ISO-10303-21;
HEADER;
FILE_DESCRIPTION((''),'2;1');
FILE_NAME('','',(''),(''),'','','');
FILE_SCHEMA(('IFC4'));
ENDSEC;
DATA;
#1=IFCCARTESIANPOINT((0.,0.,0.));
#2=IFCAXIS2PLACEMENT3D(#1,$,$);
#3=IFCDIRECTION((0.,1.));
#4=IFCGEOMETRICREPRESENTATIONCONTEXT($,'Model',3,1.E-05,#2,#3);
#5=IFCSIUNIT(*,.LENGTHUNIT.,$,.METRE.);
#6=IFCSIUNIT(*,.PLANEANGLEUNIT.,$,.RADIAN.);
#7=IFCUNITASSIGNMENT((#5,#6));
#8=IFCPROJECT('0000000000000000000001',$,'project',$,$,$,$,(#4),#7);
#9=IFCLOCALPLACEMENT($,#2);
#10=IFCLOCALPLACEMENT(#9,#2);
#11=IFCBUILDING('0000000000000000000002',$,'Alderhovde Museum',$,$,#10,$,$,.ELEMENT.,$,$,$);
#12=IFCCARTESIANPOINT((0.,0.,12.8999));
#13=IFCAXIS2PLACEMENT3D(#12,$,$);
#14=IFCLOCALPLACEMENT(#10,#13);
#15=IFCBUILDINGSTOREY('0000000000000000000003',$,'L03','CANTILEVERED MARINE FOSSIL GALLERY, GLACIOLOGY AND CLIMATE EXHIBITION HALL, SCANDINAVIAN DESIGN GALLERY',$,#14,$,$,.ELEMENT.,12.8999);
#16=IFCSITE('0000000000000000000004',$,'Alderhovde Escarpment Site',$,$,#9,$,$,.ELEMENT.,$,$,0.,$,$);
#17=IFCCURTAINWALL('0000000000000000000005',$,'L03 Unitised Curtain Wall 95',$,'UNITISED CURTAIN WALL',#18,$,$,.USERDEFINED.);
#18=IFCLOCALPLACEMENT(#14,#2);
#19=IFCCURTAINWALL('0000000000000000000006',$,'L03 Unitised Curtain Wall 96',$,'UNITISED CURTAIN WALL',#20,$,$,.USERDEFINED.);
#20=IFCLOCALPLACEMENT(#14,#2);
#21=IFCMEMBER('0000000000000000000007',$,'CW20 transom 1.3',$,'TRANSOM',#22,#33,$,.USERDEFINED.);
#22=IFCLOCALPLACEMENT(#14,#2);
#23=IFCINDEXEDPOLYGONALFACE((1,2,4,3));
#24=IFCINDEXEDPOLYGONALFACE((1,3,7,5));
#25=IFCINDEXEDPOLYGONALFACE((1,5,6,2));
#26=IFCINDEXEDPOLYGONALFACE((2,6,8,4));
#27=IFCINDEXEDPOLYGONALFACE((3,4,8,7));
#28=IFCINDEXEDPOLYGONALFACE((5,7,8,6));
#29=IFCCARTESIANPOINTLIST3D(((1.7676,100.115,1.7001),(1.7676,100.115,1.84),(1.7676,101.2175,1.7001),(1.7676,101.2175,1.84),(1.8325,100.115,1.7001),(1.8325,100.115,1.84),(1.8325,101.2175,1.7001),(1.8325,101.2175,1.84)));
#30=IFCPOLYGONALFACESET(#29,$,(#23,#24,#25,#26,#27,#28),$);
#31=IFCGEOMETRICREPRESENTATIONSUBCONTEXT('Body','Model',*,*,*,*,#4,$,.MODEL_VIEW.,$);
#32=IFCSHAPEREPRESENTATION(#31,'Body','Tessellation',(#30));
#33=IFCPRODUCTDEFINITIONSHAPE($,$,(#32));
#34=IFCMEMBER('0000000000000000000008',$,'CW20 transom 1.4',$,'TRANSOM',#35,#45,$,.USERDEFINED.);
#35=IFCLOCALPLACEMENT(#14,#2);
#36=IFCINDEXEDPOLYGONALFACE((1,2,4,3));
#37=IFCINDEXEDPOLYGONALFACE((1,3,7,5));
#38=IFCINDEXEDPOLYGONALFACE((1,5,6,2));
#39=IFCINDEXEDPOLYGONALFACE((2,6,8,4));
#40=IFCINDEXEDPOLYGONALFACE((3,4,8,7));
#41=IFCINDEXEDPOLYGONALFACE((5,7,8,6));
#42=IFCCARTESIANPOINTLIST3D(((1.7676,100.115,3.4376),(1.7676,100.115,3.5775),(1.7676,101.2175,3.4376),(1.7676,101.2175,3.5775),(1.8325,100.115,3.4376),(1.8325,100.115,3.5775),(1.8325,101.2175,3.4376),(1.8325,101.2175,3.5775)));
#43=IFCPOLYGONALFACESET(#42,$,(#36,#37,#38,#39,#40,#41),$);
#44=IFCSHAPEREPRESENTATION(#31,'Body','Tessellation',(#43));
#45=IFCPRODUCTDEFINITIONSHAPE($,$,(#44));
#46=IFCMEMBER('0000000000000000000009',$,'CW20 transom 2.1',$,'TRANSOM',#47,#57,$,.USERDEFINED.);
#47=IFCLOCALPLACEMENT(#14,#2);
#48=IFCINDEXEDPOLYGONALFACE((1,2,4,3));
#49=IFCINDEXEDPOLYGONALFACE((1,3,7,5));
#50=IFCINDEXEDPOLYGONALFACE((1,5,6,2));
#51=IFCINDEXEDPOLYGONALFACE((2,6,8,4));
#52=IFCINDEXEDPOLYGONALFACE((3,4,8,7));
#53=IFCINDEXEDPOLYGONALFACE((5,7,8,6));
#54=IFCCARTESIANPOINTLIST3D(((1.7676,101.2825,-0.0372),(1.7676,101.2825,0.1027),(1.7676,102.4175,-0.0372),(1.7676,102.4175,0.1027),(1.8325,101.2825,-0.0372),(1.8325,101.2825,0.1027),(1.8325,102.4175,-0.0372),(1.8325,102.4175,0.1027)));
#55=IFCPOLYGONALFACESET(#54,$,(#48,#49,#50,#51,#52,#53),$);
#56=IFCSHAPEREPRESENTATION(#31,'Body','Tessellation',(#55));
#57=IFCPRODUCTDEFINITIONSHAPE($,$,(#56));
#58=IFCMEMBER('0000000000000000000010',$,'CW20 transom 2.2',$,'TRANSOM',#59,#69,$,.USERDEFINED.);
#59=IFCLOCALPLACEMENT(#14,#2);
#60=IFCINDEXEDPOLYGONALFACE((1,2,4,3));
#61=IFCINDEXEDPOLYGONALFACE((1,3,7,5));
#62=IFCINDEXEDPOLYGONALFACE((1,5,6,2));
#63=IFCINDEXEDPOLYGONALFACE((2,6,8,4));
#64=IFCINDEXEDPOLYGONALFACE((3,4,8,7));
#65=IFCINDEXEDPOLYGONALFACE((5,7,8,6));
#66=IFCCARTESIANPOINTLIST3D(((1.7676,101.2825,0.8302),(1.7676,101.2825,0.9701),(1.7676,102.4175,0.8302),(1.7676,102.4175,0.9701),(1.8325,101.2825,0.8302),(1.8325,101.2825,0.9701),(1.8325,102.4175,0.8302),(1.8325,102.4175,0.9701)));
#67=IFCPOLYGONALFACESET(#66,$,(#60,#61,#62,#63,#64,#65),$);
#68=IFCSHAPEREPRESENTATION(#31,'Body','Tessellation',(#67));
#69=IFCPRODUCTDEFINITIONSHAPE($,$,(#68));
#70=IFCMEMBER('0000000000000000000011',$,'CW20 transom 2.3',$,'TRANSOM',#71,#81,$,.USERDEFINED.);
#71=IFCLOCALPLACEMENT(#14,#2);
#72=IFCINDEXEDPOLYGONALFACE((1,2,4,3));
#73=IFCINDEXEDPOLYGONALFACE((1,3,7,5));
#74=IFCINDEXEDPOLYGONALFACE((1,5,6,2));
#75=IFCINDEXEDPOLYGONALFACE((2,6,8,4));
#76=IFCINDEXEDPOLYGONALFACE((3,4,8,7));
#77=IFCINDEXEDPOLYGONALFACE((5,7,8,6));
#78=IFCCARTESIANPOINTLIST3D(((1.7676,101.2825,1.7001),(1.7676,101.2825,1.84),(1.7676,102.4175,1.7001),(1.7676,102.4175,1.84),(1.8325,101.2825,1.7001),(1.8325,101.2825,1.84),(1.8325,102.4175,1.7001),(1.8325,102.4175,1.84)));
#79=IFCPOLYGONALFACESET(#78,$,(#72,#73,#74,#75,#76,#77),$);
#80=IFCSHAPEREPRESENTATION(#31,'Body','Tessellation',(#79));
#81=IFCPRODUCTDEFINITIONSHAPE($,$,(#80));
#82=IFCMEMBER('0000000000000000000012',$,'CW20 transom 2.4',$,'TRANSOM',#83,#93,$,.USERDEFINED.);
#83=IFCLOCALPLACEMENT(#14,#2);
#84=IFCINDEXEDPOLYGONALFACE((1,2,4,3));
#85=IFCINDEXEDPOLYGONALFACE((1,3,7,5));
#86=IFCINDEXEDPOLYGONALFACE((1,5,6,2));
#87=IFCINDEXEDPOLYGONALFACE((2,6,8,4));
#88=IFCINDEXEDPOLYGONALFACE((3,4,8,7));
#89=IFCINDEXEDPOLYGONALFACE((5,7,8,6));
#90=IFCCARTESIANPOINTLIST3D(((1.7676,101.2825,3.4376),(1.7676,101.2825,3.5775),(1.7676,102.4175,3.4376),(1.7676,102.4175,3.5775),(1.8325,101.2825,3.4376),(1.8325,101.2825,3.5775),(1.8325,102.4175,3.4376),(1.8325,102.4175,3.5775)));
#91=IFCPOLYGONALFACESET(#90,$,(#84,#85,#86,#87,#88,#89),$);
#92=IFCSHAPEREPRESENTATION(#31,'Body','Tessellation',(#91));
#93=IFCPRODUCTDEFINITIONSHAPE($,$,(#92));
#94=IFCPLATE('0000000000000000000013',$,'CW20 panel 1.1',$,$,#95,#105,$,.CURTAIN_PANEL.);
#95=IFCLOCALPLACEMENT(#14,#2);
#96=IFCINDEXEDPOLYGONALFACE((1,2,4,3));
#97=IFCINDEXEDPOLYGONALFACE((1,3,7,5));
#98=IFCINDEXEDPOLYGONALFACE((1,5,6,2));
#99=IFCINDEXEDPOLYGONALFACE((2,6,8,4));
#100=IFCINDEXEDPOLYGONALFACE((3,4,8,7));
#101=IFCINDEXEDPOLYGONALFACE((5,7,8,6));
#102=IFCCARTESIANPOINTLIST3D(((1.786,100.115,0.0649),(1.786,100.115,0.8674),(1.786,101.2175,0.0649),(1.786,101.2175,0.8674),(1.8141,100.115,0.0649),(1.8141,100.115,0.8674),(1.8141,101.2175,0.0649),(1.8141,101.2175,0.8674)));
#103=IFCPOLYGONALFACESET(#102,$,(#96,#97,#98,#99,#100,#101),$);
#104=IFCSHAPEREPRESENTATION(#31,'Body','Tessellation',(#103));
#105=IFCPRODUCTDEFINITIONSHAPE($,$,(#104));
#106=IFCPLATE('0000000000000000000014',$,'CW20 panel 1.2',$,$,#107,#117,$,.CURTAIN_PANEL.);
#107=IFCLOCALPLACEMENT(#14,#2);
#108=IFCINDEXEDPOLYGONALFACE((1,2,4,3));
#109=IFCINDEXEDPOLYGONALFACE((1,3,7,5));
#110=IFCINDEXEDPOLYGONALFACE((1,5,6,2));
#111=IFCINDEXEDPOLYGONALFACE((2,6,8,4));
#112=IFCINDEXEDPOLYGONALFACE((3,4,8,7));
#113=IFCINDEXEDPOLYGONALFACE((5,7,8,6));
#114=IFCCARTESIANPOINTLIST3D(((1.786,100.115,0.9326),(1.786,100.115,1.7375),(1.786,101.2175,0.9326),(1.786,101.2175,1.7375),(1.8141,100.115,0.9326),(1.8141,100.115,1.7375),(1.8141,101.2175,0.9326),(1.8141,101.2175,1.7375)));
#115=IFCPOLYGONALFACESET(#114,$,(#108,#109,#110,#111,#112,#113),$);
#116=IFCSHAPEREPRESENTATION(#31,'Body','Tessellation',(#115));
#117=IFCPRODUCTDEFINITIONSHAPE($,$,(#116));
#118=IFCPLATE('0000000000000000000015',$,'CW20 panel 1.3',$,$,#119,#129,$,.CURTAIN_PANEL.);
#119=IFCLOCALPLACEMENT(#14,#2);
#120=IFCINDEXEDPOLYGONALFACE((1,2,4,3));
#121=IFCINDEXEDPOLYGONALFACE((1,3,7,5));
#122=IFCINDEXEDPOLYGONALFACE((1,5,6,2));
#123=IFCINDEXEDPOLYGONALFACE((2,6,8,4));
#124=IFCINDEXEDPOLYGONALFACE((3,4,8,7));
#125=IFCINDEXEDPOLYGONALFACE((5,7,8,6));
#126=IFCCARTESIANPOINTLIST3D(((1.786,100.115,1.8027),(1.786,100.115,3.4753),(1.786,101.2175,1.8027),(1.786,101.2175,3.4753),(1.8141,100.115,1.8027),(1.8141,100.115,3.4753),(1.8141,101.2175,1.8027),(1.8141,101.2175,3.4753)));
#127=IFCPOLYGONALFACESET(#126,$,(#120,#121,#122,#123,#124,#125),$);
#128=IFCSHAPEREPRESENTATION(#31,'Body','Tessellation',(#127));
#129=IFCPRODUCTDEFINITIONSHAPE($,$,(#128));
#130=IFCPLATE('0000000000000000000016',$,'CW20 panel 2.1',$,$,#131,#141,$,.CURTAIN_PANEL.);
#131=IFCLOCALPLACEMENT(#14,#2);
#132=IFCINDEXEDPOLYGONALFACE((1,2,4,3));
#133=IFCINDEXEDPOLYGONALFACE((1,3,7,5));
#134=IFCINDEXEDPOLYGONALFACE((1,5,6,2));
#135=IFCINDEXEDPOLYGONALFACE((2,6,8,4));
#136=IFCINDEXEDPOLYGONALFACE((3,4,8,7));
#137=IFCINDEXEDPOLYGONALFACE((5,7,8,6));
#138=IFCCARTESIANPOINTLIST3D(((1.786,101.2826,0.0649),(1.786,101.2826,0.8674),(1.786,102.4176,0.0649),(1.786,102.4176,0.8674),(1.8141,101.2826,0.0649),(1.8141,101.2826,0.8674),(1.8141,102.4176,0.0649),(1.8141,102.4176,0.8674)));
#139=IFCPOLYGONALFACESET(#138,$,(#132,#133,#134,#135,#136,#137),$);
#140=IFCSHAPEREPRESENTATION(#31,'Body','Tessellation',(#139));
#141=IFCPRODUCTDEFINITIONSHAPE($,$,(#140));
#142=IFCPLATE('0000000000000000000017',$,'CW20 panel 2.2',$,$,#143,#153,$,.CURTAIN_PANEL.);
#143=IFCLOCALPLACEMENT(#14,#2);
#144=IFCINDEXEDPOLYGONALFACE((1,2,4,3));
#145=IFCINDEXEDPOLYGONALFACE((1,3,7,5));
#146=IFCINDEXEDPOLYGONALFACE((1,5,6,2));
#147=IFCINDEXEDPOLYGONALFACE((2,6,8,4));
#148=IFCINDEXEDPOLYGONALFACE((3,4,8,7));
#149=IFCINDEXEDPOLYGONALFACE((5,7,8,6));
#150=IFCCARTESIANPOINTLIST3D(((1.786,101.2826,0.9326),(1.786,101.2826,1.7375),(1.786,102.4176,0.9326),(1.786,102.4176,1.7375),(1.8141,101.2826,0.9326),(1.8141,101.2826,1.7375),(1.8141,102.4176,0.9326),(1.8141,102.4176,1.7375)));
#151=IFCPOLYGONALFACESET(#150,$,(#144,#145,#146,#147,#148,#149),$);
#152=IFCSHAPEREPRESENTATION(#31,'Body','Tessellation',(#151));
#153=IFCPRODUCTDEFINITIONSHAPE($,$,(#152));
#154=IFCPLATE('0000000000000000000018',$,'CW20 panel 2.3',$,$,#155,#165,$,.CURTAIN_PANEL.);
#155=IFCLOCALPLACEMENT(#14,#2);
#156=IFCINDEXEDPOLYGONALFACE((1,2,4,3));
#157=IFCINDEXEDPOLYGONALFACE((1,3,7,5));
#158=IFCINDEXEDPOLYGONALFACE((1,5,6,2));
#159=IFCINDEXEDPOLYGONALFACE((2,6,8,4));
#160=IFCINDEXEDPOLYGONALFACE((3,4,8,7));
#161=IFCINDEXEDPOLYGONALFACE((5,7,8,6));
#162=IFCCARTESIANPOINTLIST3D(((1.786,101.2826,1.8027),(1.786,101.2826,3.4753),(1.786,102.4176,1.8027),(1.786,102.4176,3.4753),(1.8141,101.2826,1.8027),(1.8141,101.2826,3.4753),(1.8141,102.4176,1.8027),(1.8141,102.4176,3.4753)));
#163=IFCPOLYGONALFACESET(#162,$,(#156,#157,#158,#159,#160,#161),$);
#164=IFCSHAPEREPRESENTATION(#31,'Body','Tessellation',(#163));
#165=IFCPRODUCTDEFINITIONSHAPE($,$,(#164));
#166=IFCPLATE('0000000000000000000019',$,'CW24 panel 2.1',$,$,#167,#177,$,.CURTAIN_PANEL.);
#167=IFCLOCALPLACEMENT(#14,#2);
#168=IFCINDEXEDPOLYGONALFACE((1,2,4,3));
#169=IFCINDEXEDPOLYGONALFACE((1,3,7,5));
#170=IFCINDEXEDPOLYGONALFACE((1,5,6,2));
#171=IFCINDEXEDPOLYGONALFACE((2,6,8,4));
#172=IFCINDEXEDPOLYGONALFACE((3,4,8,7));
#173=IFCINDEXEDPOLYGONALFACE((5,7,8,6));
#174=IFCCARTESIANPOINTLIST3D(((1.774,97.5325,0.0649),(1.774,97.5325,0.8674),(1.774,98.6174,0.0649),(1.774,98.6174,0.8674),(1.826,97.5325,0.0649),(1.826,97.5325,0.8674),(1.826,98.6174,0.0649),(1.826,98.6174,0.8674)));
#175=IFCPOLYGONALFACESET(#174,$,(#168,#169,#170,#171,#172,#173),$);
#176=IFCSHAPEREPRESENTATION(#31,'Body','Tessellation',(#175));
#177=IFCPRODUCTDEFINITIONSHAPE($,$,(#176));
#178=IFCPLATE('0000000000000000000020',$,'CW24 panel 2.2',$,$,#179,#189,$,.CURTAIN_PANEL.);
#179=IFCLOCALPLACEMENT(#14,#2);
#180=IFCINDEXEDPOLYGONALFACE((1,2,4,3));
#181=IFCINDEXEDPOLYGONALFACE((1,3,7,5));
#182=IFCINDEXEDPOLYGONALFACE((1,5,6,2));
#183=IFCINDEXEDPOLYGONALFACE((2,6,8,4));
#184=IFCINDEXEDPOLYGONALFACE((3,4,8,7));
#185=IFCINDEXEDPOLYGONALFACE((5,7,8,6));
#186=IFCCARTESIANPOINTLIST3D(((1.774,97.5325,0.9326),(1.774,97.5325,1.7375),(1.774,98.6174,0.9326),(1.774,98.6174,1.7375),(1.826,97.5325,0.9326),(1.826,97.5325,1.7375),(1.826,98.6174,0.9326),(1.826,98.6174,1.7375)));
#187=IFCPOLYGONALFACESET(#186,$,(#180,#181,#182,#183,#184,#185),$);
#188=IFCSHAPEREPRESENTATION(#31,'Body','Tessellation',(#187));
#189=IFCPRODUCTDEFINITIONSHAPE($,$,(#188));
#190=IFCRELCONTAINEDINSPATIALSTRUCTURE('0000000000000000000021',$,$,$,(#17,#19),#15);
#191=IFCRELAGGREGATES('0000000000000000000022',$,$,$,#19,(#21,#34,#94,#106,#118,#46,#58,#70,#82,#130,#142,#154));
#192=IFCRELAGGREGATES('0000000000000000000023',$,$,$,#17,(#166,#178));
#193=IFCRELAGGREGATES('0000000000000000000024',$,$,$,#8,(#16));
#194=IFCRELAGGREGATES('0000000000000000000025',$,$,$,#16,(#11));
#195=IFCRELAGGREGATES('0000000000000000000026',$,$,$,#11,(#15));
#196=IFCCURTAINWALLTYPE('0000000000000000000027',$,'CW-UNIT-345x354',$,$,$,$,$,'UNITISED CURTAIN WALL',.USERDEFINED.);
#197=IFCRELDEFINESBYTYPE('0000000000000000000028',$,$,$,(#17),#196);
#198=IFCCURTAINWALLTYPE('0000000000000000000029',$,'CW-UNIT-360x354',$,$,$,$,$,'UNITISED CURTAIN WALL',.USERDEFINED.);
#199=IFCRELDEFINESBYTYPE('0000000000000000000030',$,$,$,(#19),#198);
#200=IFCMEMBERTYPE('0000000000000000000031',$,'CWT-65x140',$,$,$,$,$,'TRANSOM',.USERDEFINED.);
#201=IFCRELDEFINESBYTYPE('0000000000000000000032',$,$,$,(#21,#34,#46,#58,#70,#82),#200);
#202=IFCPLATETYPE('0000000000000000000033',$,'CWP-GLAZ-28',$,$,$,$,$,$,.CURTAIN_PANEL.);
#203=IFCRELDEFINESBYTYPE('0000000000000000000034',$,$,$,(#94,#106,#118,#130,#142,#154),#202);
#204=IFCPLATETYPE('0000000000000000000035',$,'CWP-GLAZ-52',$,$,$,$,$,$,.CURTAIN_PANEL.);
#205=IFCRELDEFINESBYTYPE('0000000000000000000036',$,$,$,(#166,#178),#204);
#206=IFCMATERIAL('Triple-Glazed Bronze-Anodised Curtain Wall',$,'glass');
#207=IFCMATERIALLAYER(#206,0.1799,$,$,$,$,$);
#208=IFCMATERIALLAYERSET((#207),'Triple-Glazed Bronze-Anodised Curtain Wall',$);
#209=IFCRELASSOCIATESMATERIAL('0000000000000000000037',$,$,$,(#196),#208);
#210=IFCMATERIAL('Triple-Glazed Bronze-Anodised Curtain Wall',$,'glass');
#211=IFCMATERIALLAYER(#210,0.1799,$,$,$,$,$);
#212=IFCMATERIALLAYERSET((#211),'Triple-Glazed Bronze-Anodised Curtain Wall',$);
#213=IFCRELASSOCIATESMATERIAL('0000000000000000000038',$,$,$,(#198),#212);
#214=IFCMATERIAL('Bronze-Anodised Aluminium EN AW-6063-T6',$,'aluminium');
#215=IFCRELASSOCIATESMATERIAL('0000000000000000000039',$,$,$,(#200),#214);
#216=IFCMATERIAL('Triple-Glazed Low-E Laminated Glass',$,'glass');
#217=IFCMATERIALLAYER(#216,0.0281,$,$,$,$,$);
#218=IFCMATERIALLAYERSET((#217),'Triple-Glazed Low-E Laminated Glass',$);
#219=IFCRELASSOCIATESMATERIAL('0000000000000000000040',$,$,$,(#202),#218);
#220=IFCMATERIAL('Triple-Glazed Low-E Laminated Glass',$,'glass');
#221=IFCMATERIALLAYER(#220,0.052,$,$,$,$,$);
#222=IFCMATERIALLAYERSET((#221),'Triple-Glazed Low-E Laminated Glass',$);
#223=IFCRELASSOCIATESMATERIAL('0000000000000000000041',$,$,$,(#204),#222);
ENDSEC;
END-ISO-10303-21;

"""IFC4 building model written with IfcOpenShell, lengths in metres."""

from ifc_helpers import new_model, si_unit, direction, frame, origin, origin_2d, place, context, subcontext, project, spatial, rectangle, extrude, material, layer, layer_set, material_profile, profile_set, type_object, element, aggregate, save


model = new_model("IFC4")

# Units and contexts
model_context = context("Model", 3, precision=1e-05, world=origin(), true_north=direction((0.0, 1.0)))
body_context = subcontext(model_context, "Body", "Model", "MODEL_VIEW")
ifc_project = project(units=[si_unit("LENGTHUNIT", "METRE"), si_unit("PLANEANGLEUNIT", "RADIAN")], contexts=[model_context])

# Site, building, storey
site_placement = place(None, origin())
site = spatial("IfcSite", under=ifc_project, at=site_placement, Name="Alderhovde Escarpment Site", CompositionType="ELEMENT", RefElevation=0.0)
building_placement = place(site_placement, origin())
building = spatial("IfcBuilding", under=site, at=building_placement, Name="Alderhovde Museum", CompositionType="ELEMENT")
storey_placement = place(building_placement, frame((0.0, 0.0, 12.8999)))
storey = spatial("IfcBuildingStorey", under=building, at=storey_placement, Name="L03", Description="CANTILEVERED MARINE FOSSIL GALLERY, GLACIOLOGY AND CLIMATE EXHIBITION HALL, SCANDINAVIAN DESIGN GALLERY", CompositionType="ELEMENT", Elevation=12.8999)

# Curtain walls
ifc_material_1 = material(Name="Triple-Glazed Bronze-Anodised Curtain Wall", Category="glass")
ifc_layer_1 = layer(ifc_material_1, 0.1799)
ifc_layer_set_1 = layer_set([ifc_layer_1], Name="Triple-Glazed Bronze-Anodised Curtain Wall")
curtain_wall_type_1 = type_object("IfcCurtainWallType", Name="CW-UNIT-345x354", ElementType="UNITISED CURTAIN WALL", PredefinedType="USERDEFINED", material=ifc_layer_set_1)
curtain_wall_1_placement = place(storey_placement, origin())
curtain_wall_1 = element("IfcCurtainWall", 1, at=curtain_wall_1_placement, inside=storey, type_object=curtain_wall_type_1, Name="L03 Unitised Curtain Wall 95", ObjectType="UNITISED CURTAIN WALL", PredefinedType="USERDEFINED")
ifc_material_2 = material(Name="Triple-Glazed Bronze-Anodised Curtain Wall", Category="glass")
ifc_layer_2 = layer(ifc_material_2, 0.1799)
ifc_layer_set_2 = layer_set([ifc_layer_2], Name="Triple-Glazed Bronze-Anodised Curtain Wall")
curtain_wall_type_2 = type_object("IfcCurtainWallType", Name="CW-UNIT-360x354", ElementType="UNITISED CURTAIN WALL", PredefinedType="USERDEFINED", material=ifc_layer_set_2)
curtain_wall_2_placement = place(storey_placement, origin())
curtain_wall_2 = element("IfcCurtainWall", 2, at=curtain_wall_2_placement, inside=storey, type_object=curtain_wall_type_2, Name="L03 Unitised Curtain Wall 96", ObjectType="UNITISED CURTAIN WALL", PredefinedType="USERDEFINED")

# Members
ifc_material_3 = material(Name="Bronze-Anodised Aluminium EN AW-6063-T6", Category="aluminium")
ifc_material_profile_1 = material_profile(ifc_material_3, rectangle(XDim=0.0649, YDim=0.1399, at=origin_2d()), Name="TRANSOM 65x140")
ifc_profile_set_1 = profile_set([ifc_material_profile_1], Name="Bronze-Anodised Aluminium EN AW-6063-T6")
member_type_1 = type_object("IfcMemberType", Name="CWT-65x140", ElementType="TRANSOM", PredefinedType="USERDEFINED", material=ifc_profile_set_1)
member_1_placement = place(storey_placement, frame((1.8, 100.115, 1.77), z_axis=(0.0, 1.0, 0.0), x_axis=(-1.0, 0.0, 0.0)))
member_1 = element("IfcMember", 3, at=member_1_placement, type_object=member_type_1, Name="CW20 transom 1.3", ObjectType="TRANSOM", PredefinedType="USERDEFINED", context=body_context, shape_type="SweptSolid", body=[
    extrude(rectangle(XDim=0.0649, YDim=0.1399, at=origin_2d()), origin(), (0.0, 0.0, 1.0), 1.1025),
])
member_2_placement = place(storey_placement, frame((1.8, 100.115, 3.5076), z_axis=(0.0, 1.0, 0.0), x_axis=(-1.0, 0.0, 0.0)))
member_2 = element("IfcMember", 4, at=member_2_placement, type_object=member_type_1, Name="CW20 transom 1.4", ObjectType="TRANSOM", PredefinedType="USERDEFINED", context=body_context, shape_type="SweptSolid", body=[
    extrude(rectangle(XDim=0.0649, YDim=0.1399, at=origin_2d()), origin(), (0.0, 0.0, 1.0), 1.1025),
])
member_3_placement = place(storey_placement, frame((1.8, 101.2825, 0.0327), z_axis=(0.0, 1.0, 0.0), x_axis=(-1.0, 0.0, 0.0)))
member_3 = element("IfcMember", 5, at=member_3_placement, type_object=member_type_1, Name="CW20 transom 2.1", ObjectType="TRANSOM", PredefinedType="USERDEFINED", context=body_context, shape_type="SweptSolid", body=[
    extrude(rectangle(XDim=0.0649, YDim=0.1399, at=origin_2d()), origin(), (0.0, 0.0, 1.0), 1.135),
])
member_4_placement = place(storey_placement, frame((1.8, 101.2825, 0.9001), z_axis=(0.0, 1.0, 0.0), x_axis=(-1.0, 0.0, 0.0)))
member_4 = element("IfcMember", 6, at=member_4_placement, type_object=member_type_1, Name="CW20 transom 2.2", ObjectType="TRANSOM", PredefinedType="USERDEFINED", context=body_context, shape_type="SweptSolid", body=[
    extrude(rectangle(XDim=0.0649, YDim=0.1399, at=origin_2d()), origin(), (0.0, 0.0, 1.0), 1.135),
])
member_5_placement = place(storey_placement, frame((1.8, 101.2825, 1.77), z_axis=(0.0, 1.0, 0.0), x_axis=(-1.0, 0.0, 0.0)))
member_5 = element("IfcMember", 7, at=member_5_placement, type_object=member_type_1, Name="CW20 transom 2.3", ObjectType="TRANSOM", PredefinedType="USERDEFINED", context=body_context, shape_type="SweptSolid", body=[
    extrude(rectangle(XDim=0.0649, YDim=0.1399, at=origin_2d()), origin(), (0.0, 0.0, 1.0), 1.135),
])
member_6_placement = place(storey_placement, frame((1.8, 101.2825, 3.5076), z_axis=(0.0, 1.0, 0.0), x_axis=(-1.0, 0.0, 0.0)))
member_6 = element("IfcMember", 8, at=member_6_placement, type_object=member_type_1, Name="CW20 transom 2.4", ObjectType="TRANSOM", PredefinedType="USERDEFINED", context=body_context, shape_type="SweptSolid", body=[
    extrude(rectangle(XDim=0.0649, YDim=0.1399, at=origin_2d()), origin(), (0.0, 0.0, 1.0), 1.135),
])

# Plates
ifc_material_4 = material(Name="Triple-Glazed Low-E Laminated Glass", Category="glass")
ifc_layer_3 = layer(ifc_material_4, 0.0281)
ifc_layer_set_3 = layer_set([ifc_layer_3], Name="Triple-Glazed Low-E Laminated Glass")
plate_type_1 = type_object("IfcPlateType", Name="CWP-GLAZ-28", PredefinedType="CURTAIN_PANEL", material=ifc_layer_set_3)
plate_1_placement = place(storey_placement, frame((1.8, 100.6663, 0.0649), z_axis=(0.0, 0.0, 1.0), x_axis=(0.0, 1.0, 0.0)))
plate_1 = element("IfcPlate", 9, at=plate_1_placement, type_object=plate_type_1, Name="CW20 panel 1.1", PredefinedType="CURTAIN_PANEL", context=body_context, shape_type="SweptSolid", body=[
    extrude(rectangle(XDim=1.1025, YDim=0.0281, at=origin_2d()), origin(), (0.0, 0.0, 1.0), 0.8025),
])
plate_2_placement = place(storey_placement, frame((1.8, 100.6663, 0.9326), z_axis=(0.0, 0.0, 1.0), x_axis=(0.0, 1.0, 0.0)))
plate_2 = element("IfcPlate", 10, at=plate_2_placement, type_object=plate_type_1, Name="CW20 panel 1.2", PredefinedType="CURTAIN_PANEL", context=body_context, shape_type="SweptSolid", body=[
    extrude(rectangle(XDim=1.1025, YDim=0.0281, at=origin_2d()), origin(), (0.0, 0.0, 1.0), 0.8049),
])
plate_3_placement = place(storey_placement, frame((1.8, 100.6663, 1.8027), z_axis=(0.0, 0.0, 1.0), x_axis=(0.0, 1.0, 0.0)))
plate_3 = element("IfcPlate", 11, at=plate_3_placement, type_object=plate_type_1, Name="CW20 panel 1.3", PredefinedType="CURTAIN_PANEL", context=body_context, shape_type="SweptSolid", body=[
    extrude(rectangle(XDim=1.1025, YDim=0.0281, at=origin_2d()), origin(), (0.0, 0.0, 1.0), 1.6726),
])
plate_4_placement = place(storey_placement, frame((1.8, 101.8501, 0.0649), z_axis=(0.0, 0.0, 1.0), x_axis=(0.0, 1.0, 0.0)))
plate_4 = element("IfcPlate", 12, at=plate_4_placement, type_object=plate_type_1, Name="CW20 panel 2.1", PredefinedType="CURTAIN_PANEL", context=body_context, shape_type="SweptSolid", body=[
    extrude(rectangle(XDim=1.135, YDim=0.0281, at=origin_2d()), origin(), (0.0, 0.0, 1.0), 0.8025),
])
plate_5_placement = place(storey_placement, frame((1.8, 101.8501, 0.9326), z_axis=(0.0, 0.0, 1.0), x_axis=(0.0, 1.0, 0.0)))
plate_5 = element("IfcPlate", 13, at=plate_5_placement, type_object=plate_type_1, Name="CW20 panel 2.2", PredefinedType="CURTAIN_PANEL", context=body_context, shape_type="SweptSolid", body=[
    extrude(rectangle(XDim=1.135, YDim=0.0281, at=origin_2d()), origin(), (0.0, 0.0, 1.0), 0.8049),
])
plate_6_placement = place(storey_placement, frame((1.8, 101.8501, 1.8027), z_axis=(0.0, 0.0, 1.0), x_axis=(0.0, 1.0, 0.0)))
plate_6 = element("IfcPlate", 14, at=plate_6_placement, type_object=plate_type_1, Name="CW20 panel 2.3", PredefinedType="CURTAIN_PANEL", context=body_context, shape_type="SweptSolid", body=[
    extrude(rectangle(XDim=1.135, YDim=0.0281, at=origin_2d()), origin(), (0.0, 0.0, 1.0), 1.6726),
])
aggregate(curtain_wall_2, [member_1, member_2, plate_1, plate_2, plate_3, member_3, member_4, member_5, member_6, plate_4, plate_5, plate_6])
ifc_material_5 = material(Name="Triple-Glazed Low-E Laminated Glass", Category="glass")
ifc_layer_4 = layer(ifc_material_5, 0.052)
ifc_layer_set_4 = layer_set([ifc_layer_4], Name="Triple-Glazed Low-E Laminated Glass")
plate_type_2 = type_object("IfcPlateType", Name="CWP-GLAZ-52", PredefinedType="CURTAIN_PANEL", material=ifc_layer_set_4)
plate_7_placement = place(storey_placement, frame((1.8, 98.075, 0.0649), z_axis=(0.0, 0.0, 1.0), x_axis=(0.0, 1.0, 0.0)))
plate_7 = element("IfcPlate", 15, at=plate_7_placement, type_object=plate_type_2, Name="CW24 panel 2.1", PredefinedType="CURTAIN_PANEL", context=body_context, shape_type="SweptSolid", body=[
    extrude(rectangle(XDim=1.085, YDim=0.052, at=origin_2d()), origin(), (0.0, 0.0, 1.0), 0.8025),
])
plate_8_placement = place(storey_placement, frame((1.8, 98.075, 0.9326), z_axis=(0.0, 0.0, 1.0), x_axis=(0.0, 1.0, 0.0)))
plate_8 = element("IfcPlate", 16, at=plate_8_placement, type_object=plate_type_2, Name="CW24 panel 2.2", PredefinedType="CURTAIN_PANEL", context=body_context, shape_type="SweptSolid", body=[
    extrude(rectangle(XDim=1.085, YDim=0.052, at=origin_2d()), origin(), (0.0, 0.0, 1.0), 0.8049),
])
aggregate(curtain_wall_1, [plate_7, plate_8])

save(model, "model.ifc")
